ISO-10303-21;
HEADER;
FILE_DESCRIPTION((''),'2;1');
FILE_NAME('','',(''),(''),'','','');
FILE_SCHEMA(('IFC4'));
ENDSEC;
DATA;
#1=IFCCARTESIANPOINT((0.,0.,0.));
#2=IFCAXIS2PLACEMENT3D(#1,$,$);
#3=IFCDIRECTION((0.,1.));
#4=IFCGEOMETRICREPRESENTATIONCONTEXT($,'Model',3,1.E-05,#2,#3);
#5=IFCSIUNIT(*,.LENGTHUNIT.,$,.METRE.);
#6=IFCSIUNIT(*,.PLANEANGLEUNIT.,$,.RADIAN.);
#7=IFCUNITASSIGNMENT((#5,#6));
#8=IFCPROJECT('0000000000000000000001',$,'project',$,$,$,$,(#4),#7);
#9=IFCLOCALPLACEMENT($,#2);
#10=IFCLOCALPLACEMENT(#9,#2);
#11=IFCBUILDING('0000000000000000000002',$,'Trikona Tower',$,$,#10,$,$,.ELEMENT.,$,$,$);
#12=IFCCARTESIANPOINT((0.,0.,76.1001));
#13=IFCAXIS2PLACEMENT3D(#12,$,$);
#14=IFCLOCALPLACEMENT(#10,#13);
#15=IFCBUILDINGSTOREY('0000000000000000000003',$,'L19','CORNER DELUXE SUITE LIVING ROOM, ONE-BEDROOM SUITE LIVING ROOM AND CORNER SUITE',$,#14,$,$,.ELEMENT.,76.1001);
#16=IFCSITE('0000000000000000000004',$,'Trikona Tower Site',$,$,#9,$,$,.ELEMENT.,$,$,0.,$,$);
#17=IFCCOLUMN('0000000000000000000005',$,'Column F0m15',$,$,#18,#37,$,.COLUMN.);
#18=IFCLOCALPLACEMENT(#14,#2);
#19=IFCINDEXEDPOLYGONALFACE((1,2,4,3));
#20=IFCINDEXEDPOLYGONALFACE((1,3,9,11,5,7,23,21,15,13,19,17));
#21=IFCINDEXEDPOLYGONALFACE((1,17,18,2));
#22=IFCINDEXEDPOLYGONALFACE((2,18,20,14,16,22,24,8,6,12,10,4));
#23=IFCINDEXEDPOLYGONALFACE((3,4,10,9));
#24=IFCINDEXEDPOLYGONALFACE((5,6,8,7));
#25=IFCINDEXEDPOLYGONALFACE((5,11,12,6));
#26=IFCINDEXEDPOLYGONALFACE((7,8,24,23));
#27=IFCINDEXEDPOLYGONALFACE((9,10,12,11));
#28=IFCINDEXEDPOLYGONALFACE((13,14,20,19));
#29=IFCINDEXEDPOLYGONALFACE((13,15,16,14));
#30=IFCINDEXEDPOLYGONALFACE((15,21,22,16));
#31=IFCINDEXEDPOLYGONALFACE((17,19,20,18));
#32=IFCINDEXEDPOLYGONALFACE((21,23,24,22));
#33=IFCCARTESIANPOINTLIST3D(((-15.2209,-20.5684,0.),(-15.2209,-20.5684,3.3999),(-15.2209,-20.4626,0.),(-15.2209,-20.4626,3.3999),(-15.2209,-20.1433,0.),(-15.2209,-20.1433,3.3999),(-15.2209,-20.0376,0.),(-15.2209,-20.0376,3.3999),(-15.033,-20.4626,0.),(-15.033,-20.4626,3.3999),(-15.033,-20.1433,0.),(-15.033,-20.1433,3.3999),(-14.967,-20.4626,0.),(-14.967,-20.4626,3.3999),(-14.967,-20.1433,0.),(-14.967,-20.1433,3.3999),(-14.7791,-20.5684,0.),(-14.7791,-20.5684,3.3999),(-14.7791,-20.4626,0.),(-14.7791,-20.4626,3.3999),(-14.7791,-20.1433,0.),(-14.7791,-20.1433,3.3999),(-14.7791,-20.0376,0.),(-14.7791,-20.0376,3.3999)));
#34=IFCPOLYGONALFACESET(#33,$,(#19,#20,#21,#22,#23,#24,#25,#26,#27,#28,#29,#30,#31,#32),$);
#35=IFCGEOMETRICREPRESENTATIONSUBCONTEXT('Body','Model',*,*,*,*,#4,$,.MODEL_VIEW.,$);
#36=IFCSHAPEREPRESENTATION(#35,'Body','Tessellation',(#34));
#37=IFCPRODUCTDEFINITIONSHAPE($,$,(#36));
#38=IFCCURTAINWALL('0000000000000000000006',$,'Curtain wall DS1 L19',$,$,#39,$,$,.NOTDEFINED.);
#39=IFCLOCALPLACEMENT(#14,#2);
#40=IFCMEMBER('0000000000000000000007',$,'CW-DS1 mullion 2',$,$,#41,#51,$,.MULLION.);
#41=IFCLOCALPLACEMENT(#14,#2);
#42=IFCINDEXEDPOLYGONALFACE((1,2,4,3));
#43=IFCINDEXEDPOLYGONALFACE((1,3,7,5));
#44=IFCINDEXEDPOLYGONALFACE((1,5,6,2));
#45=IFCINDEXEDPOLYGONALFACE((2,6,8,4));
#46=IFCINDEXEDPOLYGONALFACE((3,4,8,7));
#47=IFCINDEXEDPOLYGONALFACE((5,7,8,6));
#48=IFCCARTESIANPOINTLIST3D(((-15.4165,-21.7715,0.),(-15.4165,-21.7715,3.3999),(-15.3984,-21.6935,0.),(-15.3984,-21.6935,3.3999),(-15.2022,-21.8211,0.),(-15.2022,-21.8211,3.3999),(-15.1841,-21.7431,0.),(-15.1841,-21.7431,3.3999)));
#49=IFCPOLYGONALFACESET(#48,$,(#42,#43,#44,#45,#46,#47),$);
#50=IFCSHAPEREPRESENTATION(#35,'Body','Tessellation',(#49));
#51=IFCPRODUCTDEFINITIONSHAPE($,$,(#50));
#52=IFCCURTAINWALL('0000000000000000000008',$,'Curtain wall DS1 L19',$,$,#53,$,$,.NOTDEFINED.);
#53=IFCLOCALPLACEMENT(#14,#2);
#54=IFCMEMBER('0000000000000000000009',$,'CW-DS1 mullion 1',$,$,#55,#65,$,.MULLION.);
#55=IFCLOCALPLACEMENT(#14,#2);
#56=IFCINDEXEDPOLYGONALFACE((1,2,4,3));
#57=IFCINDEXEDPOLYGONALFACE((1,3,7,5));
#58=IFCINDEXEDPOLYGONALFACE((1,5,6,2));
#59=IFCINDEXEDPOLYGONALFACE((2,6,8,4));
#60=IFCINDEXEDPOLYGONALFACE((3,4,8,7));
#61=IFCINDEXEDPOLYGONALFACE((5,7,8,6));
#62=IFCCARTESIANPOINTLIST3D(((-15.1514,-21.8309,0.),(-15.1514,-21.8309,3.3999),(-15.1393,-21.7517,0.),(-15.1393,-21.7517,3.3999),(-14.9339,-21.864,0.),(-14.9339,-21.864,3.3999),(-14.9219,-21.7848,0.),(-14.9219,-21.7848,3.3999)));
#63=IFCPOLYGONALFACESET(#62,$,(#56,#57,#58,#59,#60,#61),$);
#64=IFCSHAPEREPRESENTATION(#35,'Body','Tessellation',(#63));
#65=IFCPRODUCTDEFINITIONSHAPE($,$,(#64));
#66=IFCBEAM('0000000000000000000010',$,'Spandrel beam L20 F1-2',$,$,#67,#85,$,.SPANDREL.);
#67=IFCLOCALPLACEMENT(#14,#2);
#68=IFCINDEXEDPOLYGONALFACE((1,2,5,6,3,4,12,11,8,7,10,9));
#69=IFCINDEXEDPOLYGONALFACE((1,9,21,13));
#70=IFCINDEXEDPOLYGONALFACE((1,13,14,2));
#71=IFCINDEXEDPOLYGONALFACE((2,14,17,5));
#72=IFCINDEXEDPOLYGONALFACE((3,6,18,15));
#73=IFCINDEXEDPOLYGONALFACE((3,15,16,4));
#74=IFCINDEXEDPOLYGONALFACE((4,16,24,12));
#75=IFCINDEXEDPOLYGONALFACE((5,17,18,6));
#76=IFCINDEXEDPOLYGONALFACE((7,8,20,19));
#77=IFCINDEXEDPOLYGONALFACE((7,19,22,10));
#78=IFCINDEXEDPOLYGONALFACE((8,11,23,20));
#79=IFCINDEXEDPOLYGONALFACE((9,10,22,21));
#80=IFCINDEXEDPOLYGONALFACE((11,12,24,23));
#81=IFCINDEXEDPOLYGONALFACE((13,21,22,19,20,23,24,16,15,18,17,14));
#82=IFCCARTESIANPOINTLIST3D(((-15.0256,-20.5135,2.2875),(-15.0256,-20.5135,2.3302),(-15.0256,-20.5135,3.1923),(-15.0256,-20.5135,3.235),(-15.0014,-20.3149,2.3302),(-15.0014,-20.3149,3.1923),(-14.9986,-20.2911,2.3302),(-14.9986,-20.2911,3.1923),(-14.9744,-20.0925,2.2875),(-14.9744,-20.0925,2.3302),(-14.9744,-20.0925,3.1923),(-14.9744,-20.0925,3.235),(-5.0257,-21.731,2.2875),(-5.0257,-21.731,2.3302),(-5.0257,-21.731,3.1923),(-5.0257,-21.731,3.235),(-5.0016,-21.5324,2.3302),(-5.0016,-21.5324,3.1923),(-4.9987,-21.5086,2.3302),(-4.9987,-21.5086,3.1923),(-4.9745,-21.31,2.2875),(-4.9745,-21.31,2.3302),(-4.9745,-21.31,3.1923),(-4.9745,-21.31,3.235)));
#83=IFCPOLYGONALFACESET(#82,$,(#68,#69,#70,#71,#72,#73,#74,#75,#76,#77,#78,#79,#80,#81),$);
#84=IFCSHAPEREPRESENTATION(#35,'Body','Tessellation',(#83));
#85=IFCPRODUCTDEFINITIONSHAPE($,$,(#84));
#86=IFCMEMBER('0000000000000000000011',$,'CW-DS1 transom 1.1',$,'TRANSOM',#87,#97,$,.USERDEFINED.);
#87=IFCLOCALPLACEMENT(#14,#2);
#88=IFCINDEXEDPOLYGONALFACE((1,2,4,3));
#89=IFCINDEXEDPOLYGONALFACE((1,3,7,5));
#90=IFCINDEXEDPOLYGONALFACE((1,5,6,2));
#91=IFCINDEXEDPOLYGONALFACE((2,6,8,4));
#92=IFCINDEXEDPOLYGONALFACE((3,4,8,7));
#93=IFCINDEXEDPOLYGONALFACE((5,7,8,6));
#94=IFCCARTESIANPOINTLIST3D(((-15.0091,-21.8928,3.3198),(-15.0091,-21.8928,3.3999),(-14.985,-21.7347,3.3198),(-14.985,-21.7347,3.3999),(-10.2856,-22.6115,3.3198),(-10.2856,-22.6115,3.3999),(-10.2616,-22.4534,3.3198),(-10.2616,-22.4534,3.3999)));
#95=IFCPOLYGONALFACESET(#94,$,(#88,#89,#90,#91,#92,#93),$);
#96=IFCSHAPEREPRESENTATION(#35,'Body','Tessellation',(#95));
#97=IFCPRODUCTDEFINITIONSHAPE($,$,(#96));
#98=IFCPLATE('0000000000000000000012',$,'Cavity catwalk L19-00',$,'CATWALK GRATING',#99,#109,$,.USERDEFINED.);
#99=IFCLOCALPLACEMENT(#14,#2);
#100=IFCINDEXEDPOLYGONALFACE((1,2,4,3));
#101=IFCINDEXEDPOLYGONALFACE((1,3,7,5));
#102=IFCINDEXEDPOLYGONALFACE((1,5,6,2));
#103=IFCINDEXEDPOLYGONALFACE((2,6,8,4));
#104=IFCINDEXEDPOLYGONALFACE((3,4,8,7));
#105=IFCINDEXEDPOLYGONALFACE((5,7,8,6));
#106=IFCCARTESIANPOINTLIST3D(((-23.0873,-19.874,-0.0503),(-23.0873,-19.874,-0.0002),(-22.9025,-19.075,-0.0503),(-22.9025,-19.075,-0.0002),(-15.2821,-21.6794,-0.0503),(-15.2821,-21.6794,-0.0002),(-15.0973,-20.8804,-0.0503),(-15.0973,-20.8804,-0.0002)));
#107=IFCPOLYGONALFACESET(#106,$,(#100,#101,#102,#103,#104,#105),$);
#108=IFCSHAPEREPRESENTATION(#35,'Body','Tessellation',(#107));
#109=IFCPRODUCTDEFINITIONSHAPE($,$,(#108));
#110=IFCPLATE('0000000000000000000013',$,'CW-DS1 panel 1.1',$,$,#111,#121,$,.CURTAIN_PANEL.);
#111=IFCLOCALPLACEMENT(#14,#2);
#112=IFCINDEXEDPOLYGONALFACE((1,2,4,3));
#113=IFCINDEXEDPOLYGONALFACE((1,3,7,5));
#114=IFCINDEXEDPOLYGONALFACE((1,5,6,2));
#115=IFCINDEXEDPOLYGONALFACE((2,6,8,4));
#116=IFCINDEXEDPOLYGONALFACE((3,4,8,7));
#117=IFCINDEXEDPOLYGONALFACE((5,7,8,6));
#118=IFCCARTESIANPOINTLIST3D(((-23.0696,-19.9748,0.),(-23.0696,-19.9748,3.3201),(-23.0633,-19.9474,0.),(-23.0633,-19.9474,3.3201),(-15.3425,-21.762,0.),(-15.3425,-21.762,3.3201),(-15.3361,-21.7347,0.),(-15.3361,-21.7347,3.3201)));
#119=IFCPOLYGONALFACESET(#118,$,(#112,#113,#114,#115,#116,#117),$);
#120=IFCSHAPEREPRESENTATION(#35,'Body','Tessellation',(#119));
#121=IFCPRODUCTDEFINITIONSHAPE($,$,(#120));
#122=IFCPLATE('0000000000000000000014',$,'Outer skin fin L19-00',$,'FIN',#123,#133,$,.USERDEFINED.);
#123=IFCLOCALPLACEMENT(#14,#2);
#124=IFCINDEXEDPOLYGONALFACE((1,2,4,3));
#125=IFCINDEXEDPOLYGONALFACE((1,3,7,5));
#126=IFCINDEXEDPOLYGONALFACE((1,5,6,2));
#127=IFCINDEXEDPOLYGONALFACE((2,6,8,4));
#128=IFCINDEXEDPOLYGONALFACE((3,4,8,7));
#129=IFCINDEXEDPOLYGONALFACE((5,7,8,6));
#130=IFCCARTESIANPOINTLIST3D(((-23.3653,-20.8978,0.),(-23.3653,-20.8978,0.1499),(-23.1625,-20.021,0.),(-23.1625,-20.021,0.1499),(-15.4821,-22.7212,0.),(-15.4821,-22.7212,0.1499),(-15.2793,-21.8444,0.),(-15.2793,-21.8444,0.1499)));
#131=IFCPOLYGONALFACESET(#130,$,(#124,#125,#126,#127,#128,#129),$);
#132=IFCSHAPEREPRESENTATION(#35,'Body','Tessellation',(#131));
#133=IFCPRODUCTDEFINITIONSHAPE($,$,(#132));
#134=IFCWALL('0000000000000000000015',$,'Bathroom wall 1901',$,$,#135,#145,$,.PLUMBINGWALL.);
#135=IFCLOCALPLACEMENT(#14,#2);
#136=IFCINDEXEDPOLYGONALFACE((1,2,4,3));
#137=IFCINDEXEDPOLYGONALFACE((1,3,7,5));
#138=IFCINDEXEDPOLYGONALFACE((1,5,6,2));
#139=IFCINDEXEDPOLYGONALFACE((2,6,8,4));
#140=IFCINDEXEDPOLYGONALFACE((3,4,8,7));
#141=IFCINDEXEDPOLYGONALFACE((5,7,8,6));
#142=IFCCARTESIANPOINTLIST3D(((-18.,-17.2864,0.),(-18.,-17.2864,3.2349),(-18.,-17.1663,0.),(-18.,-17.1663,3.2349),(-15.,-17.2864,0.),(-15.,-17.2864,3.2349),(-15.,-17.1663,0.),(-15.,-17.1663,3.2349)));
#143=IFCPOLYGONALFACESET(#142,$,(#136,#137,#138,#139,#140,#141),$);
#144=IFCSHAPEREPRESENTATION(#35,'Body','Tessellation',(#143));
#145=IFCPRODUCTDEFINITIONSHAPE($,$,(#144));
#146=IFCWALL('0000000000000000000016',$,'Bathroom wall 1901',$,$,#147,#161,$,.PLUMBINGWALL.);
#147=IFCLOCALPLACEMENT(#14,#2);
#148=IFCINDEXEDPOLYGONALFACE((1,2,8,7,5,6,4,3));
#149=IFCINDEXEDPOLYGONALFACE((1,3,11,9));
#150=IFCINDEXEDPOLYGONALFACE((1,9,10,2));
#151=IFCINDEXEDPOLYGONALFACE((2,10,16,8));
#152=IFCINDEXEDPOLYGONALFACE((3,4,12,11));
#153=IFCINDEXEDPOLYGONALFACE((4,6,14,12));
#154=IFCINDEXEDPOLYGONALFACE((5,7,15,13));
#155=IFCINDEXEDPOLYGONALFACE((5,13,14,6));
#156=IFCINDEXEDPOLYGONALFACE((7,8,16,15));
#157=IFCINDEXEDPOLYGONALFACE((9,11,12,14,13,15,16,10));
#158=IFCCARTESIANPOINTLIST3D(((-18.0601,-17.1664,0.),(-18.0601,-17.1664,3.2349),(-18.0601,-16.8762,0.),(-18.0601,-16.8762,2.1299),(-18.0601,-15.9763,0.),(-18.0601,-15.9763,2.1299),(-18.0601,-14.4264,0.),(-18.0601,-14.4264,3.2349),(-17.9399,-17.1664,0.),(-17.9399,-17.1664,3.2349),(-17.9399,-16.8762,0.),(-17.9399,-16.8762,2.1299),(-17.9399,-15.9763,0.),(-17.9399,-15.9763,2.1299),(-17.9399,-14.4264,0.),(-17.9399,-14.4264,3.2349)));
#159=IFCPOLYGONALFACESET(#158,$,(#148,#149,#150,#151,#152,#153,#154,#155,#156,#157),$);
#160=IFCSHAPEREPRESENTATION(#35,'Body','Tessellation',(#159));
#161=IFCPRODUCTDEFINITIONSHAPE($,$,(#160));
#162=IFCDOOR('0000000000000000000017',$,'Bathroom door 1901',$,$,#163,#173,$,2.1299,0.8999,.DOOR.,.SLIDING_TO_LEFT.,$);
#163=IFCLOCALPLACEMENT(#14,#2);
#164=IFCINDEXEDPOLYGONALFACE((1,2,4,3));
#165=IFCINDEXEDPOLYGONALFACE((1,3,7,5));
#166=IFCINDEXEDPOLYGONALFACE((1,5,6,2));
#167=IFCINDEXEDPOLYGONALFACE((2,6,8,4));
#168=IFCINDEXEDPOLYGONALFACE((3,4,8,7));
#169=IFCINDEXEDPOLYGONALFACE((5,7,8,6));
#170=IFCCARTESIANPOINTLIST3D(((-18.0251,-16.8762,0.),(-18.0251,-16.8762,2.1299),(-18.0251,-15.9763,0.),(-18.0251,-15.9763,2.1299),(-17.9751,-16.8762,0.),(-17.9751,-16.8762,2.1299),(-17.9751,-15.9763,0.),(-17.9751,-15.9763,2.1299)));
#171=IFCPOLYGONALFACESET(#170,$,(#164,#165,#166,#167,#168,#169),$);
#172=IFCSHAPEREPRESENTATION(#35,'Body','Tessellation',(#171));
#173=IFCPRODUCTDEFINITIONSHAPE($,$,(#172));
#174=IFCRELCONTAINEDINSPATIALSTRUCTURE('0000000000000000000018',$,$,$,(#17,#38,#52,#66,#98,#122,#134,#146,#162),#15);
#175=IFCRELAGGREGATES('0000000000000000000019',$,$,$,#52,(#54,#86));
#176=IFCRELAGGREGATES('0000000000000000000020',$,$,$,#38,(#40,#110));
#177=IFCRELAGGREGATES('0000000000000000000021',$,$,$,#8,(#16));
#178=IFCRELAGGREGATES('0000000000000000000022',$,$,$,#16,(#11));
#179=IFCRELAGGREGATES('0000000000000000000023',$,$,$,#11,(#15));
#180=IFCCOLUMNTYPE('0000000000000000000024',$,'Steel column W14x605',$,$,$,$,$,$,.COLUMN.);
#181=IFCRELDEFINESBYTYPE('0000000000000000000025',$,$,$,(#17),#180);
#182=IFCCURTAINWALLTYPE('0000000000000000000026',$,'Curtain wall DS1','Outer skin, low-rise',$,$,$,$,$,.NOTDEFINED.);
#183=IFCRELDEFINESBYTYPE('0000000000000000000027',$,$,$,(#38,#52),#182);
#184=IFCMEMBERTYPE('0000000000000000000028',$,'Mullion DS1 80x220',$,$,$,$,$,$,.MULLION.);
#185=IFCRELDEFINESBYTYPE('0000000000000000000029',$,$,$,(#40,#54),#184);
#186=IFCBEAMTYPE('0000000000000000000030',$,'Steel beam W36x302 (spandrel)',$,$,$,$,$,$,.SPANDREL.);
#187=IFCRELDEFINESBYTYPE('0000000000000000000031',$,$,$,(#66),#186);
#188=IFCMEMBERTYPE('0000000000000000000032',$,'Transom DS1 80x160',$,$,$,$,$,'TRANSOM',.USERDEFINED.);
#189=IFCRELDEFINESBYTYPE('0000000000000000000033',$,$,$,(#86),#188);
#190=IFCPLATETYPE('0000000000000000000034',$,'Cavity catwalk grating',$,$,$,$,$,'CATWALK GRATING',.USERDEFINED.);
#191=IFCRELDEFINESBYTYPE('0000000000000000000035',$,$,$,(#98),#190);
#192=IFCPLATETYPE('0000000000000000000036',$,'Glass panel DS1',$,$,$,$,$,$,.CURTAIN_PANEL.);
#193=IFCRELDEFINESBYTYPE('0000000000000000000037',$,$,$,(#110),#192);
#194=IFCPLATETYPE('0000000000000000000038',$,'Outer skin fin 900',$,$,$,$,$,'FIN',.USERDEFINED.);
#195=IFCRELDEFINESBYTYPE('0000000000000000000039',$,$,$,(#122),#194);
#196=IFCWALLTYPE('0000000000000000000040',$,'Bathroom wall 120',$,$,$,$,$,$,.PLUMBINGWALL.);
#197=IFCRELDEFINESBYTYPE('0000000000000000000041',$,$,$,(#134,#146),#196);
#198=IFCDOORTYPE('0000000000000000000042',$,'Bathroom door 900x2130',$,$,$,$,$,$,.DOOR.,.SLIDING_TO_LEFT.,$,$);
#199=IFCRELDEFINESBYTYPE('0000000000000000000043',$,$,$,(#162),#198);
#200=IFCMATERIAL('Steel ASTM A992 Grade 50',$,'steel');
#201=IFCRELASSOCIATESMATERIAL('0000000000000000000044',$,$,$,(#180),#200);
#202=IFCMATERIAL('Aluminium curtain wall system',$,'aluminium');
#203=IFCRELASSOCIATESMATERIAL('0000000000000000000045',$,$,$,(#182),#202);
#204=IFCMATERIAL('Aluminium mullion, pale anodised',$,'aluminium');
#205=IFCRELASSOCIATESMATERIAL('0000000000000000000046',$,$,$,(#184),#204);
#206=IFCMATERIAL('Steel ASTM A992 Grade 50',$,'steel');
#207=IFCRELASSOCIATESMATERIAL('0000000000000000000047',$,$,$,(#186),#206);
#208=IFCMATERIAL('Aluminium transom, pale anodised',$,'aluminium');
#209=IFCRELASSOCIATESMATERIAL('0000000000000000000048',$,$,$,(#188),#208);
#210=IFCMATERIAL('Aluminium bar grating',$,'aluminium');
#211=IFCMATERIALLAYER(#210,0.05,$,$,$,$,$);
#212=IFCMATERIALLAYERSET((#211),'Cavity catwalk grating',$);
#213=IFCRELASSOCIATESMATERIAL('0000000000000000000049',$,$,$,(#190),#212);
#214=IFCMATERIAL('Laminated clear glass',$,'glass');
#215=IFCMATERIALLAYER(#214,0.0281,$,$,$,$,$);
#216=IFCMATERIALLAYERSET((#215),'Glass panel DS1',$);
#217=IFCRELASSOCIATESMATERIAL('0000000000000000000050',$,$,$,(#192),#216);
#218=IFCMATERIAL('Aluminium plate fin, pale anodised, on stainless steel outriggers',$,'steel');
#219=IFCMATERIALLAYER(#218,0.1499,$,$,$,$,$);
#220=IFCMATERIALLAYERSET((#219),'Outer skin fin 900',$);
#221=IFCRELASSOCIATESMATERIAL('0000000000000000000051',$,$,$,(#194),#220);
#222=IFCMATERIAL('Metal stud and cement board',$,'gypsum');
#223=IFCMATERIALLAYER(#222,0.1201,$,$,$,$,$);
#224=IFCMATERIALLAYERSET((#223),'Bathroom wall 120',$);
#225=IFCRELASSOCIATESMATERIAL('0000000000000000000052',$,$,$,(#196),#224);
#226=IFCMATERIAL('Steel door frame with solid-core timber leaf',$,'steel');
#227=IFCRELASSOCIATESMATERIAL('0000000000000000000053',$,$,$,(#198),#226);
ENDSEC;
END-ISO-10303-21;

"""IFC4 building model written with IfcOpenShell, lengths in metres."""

from ifc_helpers import new_model, si_unit, direction, frame, frame_2d, origin, origin_2d, place, context, subcontext, project, spatial, rectangle, i_section, extrude, material, layer, layer_set, material_profile, profile_set, type_object, element, fill, aggregate, save


model = new_model("IFC4")

# Units and contexts
model_context = context("Model", 3, precision=1e-05, world=origin(), true_north=direction((0.0, 1.0)))
body_context = subcontext(model_context, "Body", "Model", "MODEL_VIEW")
ifc_project = project(units=[si_unit("LENGTHUNIT", "METRE"), si_unit("PLANEANGLEUNIT", "RADIAN")], contexts=[model_context])

# Site, building, storey
site_placement = place(None, origin())
site = spatial("IfcSite", under=ifc_project, at=site_placement, Name="Trikona Tower Site", CompositionType="ELEMENT", RefElevation=0.0)
building_placement = place(site_placement, origin())
building = spatial("IfcBuilding", under=site, at=building_placement, Name="Trikona Tower", CompositionType="ELEMENT")
storey_placement = place(building_placement, frame((0.0, 0.0, 76.1001)))
storey = spatial("IfcBuildingStorey", under=building, at=storey_placement, Name="L19", Description="CORNER DELUXE SUITE LIVING ROOM, ONE-BEDROOM SUITE LIVING ROOM AND CORNER SUITE", CompositionType="ELEMENT", Elevation=76.1001)

# Column
ifc_material_1 = material(Name="Steel ASTM A992 Grade 50", Category="steel")
ifc_material_profile_1 = material_profile(ifc_material_1, i_section(OverallWidth=0.4419, OverallDepth=0.5308, WebThickness=0.0659, FlangeThickness=0.1057, at=origin_2d()), Name="W14X605")
ifc_profile_set_1 = profile_set([ifc_material_profile_1], Name="Steel ASTM A992 Grade 50")
column_type = type_object("IfcColumnType", Name="Steel column W14x605", PredefinedType="COLUMN", material=ifc_profile_set_1)
column_placement = place(storey_placement, frame((-15.0, -20.303, 0.0), z_axis=(0.0, 0.0, 1.0), x_axis=(1.0, 0.0, 0.0)))
element("IfcColumn", 1, at=column_placement, inside=storey, type_object=column_type, Name="Column F0m15", PredefinedType="COLUMN", context=body_context, shape_type="SweptSolid", body=[
    extrude(i_section(OverallWidth=0.4419, OverallDepth=0.5308, WebThickness=0.0659, FlangeThickness=0.1057, at=origin_2d()), origin(), (0.0, 0.0, 1.0), 3.3999),
])

# Curtain walls, members
ifc_material_2 = material(Name="Aluminium curtain wall system", Category="aluminium")
curtain_wall_type = type_object("IfcCurtainWallType", Name="Curtain wall DS1", Description="Outer skin, low-rise", PredefinedType="NOTDEFINED", material=ifc_material_2)
curtain_wall_1_placement = place(storey_placement, origin())
curtain_wall_1 = element("IfcCurtainWall", 2, at=curtain_wall_1_placement, inside=storey, type_object=curtain_wall_type, Name="Curtain wall DS1 L19", PredefinedType="NOTDEFINED")
ifc_material_3 = material(Name="Aluminium mullion, pale anodised", Category="aluminium")
ifc_material_profile_2 = material_profile(ifc_material_3, rectangle(XDim=0.0801, YDim=0.22, at=origin_2d()), Name="MUL-DS1")
ifc_profile_set_2 = profile_set([ifc_material_profile_2], Name="Aluminium mullion, pale anodised")
member_type_1 = type_object("IfcMemberType", Name="Mullion DS1 80x220", PredefinedType="MULLION", material=ifc_profile_set_2)
member_1_placement = place(storey_placement, frame((-15.3003, -21.7573, 0.0), z_axis=(0.0, 0.0, 1.0), x_axis=(0.225343, 0.974279, 0.0)))
member_1 = element("IfcMember", 3, at=member_1_placement, type_object=member_type_1, Name="CW-DS1 mullion 2", PredefinedType="MULLION", context=body_context, shape_type="SweptSolid", body=[
    extrude(rectangle(XDim=0.0801, YDim=0.22, at=origin_2d()), origin(), (0.0, 0.0, 1.0), 3.3999),
])
curtain_wall_2_placement = place(storey_placement, origin())
curtain_wall_2 = element("IfcCurtainWall", 4, at=curtain_wall_2_placement, inside=storey, type_object=curtain_wall_type, Name="Curtain wall DS1 L19", PredefinedType="NOTDEFINED")
member_2_placement = place(storey_placement, frame((-15.0366, -21.8079, 0.0), z_axis=(0.0, 0.0, 1.0), x_axis=(0.150438, 0.988619, 0.0)))
member_2 = element("IfcMember", 5, at=member_2_placement, type_object=member_type_1, Name="CW-DS1 mullion 1", PredefinedType="MULLION", context=body_context, shape_type="SweptSolid", body=[
    extrude(rectangle(XDim=0.0801, YDim=0.22, at=origin_2d()), origin(), (0.0, 0.0, 1.0), 3.3999),
])

# Beam
ifc_material_4 = material(Name="Steel ASTM A992 Grade 50", Category="steel")
ifc_material_profile_3 = material_profile(ifc_material_4, i_section(OverallWidth=0.4241, OverallDepth=0.9475, WebThickness=0.0239, FlangeThickness=0.0427, at=origin_2d()), Name="W36X302")
ifc_profile_set_3 = profile_set([ifc_material_profile_3], Name="Steel ASTM A992 Grade 50")
beam_type = type_object("IfcBeamType", Name="Steel beam W36x302 (spandrel)", PredefinedType="SPANDREL", material=ifc_profile_set_3)
beam_placement = place(storey_placement, frame((-15.0, -20.303, 2.7612), z_axis=(0.99267, -0.12086, 0.0), x_axis=(0.12086, 0.99267, 0.0)))
element("IfcBeam", 6, at=beam_placement, inside=storey, type_object=beam_type, Name="Spandrel beam L20 F1-2", PredefinedType="SPANDREL", context=body_context, shape_type="SweptSolid", body=[
    extrude(i_section(OverallWidth=0.4241, OverallDepth=0.9475, WebThickness=0.0239, FlangeThickness=0.0427, at=origin_2d()), origin(), (0.0, 0.0, 1.0), 10.0737),
])

# Member
ifc_material_5 = material(Name="Aluminium transom, pale anodised", Category="aluminium")
ifc_material_profile_4 = material_profile(ifc_material_5, rectangle(XDim=0.1599, YDim=0.0801, at=origin_2d()), Name="TRN-DS1")
ifc_profile_set_4 = profile_set([ifc_material_profile_4], Name="Aluminium transom, pale anodised")
member_type_2 = type_object("IfcMemberType", Name="Transom DS1 80x160", ElementType="TRANSOM", PredefinedType="USERDEFINED", material=ifc_profile_set_4)
member_3_placement = place(storey_placement, frame((-14.9971, -21.8137, 3.3599), z_axis=(0.98862, -0.150437, 0.0), x_axis=(0.150437, 0.98862, 0.0)))
member_3 = element("IfcMember", 7, at=member_3_placement, type_object=member_type_2, Name="CW-DS1 transom 1.1", ObjectType="TRANSOM", PredefinedType="USERDEFINED", context=body_context, shape_type="SweptSolid", body=[
    extrude(rectangle(XDim=0.1599, YDim=0.0801, at=origin_2d()), origin(), (0.0, 0.0, 1.0), 4.7778),
])
aggregate(curtain_wall_2, [member_2, member_3])

# Plates
ifc_material_6 = material(Name="Aluminium bar grating", Category="aluminium")
ifc_layer_1 = layer(ifc_material_6, 0.05)
ifc_layer_set_1 = layer_set([ifc_layer_1], Name="Cavity catwalk grating")
plate_type_1 = type_object("IfcPlateType", Name="Cavity catwalk grating", ElementType="CATWALK GRATING", PredefinedType="USERDEFINED", material=ifc_layer_set_1)
plate_1_placement = place(storey_placement, frame((-19.0923, -20.3772, -0.0503), z_axis=(0.0, 0.0, 1.0), x_axis=(0.974278, -0.225351, 0.0)))
element("IfcPlate", 8, at=plate_1_placement, inside=storey, type_object=plate_type_1, Name="Cavity catwalk L19-00", ObjectType="CATWALK GRATING", PredefinedType="USERDEFINED", context=body_context, shape_type="SweptSolid", body=[
    extrude(rectangle(XDim=8.0112, YDim=0.8201, at=origin_2d()), origin(), (0.0, 0.0, 1.0), 0.05),
])
ifc_material_7 = material(Name="Laminated clear glass", Category="glass")
ifc_layer_2 = layer(ifc_material_7, 0.0281)
ifc_layer_set_2 = layer_set([ifc_layer_2], Name="Glass panel DS1")
plate_type_2 = type_object("IfcPlateType", Name="Glass panel DS1", PredefinedType="CURTAIN_PANEL", material=ifc_layer_set_2)
plate_2_placement = place(storey_placement, frame((-19.2029, -20.8547, 0.0), z_axis=(0.0, 0.0, 1.0), x_axis=(0.974279, -0.225343, 0.0)))
plate_2 = element("IfcPlate", 9, at=plate_2_placement, type_object=plate_type_2, Name="CW-DS1 panel 1.1", PredefinedType="CURTAIN_PANEL", context=body_context, shape_type="SweptSolid", body=[
    extrude(rectangle(XDim=7.9312, YDim=0.0281, at=origin_2d()), origin(), (0.0, 0.0, 1.0), 3.3201),
])
aggregate(curtain_wall_1, [member_1, plate_2])
ifc_material_8 = material(Name="Aluminium plate fin, pale anodised, on stainless steel outriggers", Category="steel")
ifc_layer_3 = layer(ifc_material_8, 0.1499)
ifc_layer_set_3 = layer_set([ifc_layer_3], Name="Outer skin fin 900")
plate_type_3 = type_object("IfcPlateType", Name="Outer skin fin 900", ElementType="FIN", PredefinedType="USERDEFINED", material=ifc_layer_set_3)
plate_3_placement = place(storey_placement, frame((-19.3223, -21.3711, 0.0), z_axis=(0.0, 0.0, 1.0), x_axis=(0.974278, -0.225351, 0.0)))
element("IfcPlate", 10, at=plate_3_placement, inside=storey, type_object=plate_type_3, Name="Outer skin fin L19-00", ObjectType="FIN", PredefinedType="USERDEFINED", context=body_context, shape_type="SweptSolid", body=[
    extrude(rectangle(XDim=8.0913, YDim=0.8999, at=origin_2d()), origin(), (0.0, 0.0, 1.0), 0.1499),
])

# Wall
ifc_material_9 = material(Name="Metal stud and cement board", Category="gypsum")
ifc_layer_4 = layer(ifc_material_9, 0.1201)
ifc_layer_set_4 = layer_set([ifc_layer_4], Name="Bathroom wall 120")
wall_type_1 = type_object("IfcWallType", Name="Bathroom wall 120", PredefinedType="PLUMBINGWALL", material=ifc_layer_set_4)
wall_1_placement = place(storey_placement, frame((-18.0, -17.2263, 0.0), z_axis=(0.0, 0.0, 1.0), x_axis=(1.0, 0.0, 0.0)))
element("IfcWall", 11, at=wall_1_placement, inside=storey, type_object=wall_type_1, Name="Bathroom wall 1901", PredefinedType="PLUMBINGWALL", context=body_context, shape_type="SweptSolid", body=[
    extrude(rectangle(XDim=3.0, YDim=0.1201, at=frame_2d((1.5, 0.0))), origin(), (0.0, 0.0, 1.0), 3.2349),
])

# Wall, opening, door
wall_2_placement = place(storey_placement, frame((-18.0, -14.4263, 0.0), z_axis=(0.0, 0.0, 1.0), x_axis=(0.0, -1.0, 0.0)))
wall_2 = element("IfcWall", 12, at=wall_2_placement, inside=storey, type_object=wall_type_1, Name="Bathroom wall 1901", PredefinedType="PLUMBINGWALL", context=body_context, shape_type="SweptSolid", body=[
    extrude(rectangle(XDim=2.74, YDim=0.1201, at=frame_2d((1.3701, 0.0))), origin(), (0.0, 0.0, 1.0), 3.2349),
])
opening_1_placement = place(wall_2_placement, frame((1.55, 0.0, 0.0)))
opening_1 = element("IfcOpeningElement", 13, at=opening_1_placement, cuts=wall_2, PredefinedType="OPENING", context=body_context, shape_type="SweptSolid", body=[
    extrude(rectangle(XDim=0.8999, YDim=2.1299, at=frame_2d((0.45, 1.0649))), frame((0.0, 0.0701, 0.0), z_axis=(0.0, -1.0, 0.0), x_axis=(1.0, 0.0, 0.0)), (0.0, 0.0, 1.0), 0.1401),
])
ifc_material_10 = material(Name="Steel door frame with solid-core timber leaf", Category="steel")
door_type = type_object("IfcDoorType", Name="Bathroom door 900x2130", OperationType="SLIDING_TO_LEFT", PredefinedType="DOOR", material=ifc_material_10)
door_placement = place(opening_1_placement, origin())
door = element("IfcDoor", 14, at=door_placement, inside=storey, type_object=door_type, Name="Bathroom door 1901", OperationType="SLIDING_TO_LEFT", OverallHeight=2.1299, OverallWidth=0.8999, PredefinedType="DOOR", context=body_context, shape_type="SweptSolid", body=[
    extrude(rectangle(XDim=0.8999, YDim=2.1299, at=frame_2d((0.45, 1.0649))), frame((0.0, 0.0249, 0.0), z_axis=(0.0, -1.0, 0.0), x_axis=(1.0, 0.0, 0.0)), (0.0, 0.0, 1.0), 0.05),
])
fill(opening_1, door)

save(model, "model.ifc")
